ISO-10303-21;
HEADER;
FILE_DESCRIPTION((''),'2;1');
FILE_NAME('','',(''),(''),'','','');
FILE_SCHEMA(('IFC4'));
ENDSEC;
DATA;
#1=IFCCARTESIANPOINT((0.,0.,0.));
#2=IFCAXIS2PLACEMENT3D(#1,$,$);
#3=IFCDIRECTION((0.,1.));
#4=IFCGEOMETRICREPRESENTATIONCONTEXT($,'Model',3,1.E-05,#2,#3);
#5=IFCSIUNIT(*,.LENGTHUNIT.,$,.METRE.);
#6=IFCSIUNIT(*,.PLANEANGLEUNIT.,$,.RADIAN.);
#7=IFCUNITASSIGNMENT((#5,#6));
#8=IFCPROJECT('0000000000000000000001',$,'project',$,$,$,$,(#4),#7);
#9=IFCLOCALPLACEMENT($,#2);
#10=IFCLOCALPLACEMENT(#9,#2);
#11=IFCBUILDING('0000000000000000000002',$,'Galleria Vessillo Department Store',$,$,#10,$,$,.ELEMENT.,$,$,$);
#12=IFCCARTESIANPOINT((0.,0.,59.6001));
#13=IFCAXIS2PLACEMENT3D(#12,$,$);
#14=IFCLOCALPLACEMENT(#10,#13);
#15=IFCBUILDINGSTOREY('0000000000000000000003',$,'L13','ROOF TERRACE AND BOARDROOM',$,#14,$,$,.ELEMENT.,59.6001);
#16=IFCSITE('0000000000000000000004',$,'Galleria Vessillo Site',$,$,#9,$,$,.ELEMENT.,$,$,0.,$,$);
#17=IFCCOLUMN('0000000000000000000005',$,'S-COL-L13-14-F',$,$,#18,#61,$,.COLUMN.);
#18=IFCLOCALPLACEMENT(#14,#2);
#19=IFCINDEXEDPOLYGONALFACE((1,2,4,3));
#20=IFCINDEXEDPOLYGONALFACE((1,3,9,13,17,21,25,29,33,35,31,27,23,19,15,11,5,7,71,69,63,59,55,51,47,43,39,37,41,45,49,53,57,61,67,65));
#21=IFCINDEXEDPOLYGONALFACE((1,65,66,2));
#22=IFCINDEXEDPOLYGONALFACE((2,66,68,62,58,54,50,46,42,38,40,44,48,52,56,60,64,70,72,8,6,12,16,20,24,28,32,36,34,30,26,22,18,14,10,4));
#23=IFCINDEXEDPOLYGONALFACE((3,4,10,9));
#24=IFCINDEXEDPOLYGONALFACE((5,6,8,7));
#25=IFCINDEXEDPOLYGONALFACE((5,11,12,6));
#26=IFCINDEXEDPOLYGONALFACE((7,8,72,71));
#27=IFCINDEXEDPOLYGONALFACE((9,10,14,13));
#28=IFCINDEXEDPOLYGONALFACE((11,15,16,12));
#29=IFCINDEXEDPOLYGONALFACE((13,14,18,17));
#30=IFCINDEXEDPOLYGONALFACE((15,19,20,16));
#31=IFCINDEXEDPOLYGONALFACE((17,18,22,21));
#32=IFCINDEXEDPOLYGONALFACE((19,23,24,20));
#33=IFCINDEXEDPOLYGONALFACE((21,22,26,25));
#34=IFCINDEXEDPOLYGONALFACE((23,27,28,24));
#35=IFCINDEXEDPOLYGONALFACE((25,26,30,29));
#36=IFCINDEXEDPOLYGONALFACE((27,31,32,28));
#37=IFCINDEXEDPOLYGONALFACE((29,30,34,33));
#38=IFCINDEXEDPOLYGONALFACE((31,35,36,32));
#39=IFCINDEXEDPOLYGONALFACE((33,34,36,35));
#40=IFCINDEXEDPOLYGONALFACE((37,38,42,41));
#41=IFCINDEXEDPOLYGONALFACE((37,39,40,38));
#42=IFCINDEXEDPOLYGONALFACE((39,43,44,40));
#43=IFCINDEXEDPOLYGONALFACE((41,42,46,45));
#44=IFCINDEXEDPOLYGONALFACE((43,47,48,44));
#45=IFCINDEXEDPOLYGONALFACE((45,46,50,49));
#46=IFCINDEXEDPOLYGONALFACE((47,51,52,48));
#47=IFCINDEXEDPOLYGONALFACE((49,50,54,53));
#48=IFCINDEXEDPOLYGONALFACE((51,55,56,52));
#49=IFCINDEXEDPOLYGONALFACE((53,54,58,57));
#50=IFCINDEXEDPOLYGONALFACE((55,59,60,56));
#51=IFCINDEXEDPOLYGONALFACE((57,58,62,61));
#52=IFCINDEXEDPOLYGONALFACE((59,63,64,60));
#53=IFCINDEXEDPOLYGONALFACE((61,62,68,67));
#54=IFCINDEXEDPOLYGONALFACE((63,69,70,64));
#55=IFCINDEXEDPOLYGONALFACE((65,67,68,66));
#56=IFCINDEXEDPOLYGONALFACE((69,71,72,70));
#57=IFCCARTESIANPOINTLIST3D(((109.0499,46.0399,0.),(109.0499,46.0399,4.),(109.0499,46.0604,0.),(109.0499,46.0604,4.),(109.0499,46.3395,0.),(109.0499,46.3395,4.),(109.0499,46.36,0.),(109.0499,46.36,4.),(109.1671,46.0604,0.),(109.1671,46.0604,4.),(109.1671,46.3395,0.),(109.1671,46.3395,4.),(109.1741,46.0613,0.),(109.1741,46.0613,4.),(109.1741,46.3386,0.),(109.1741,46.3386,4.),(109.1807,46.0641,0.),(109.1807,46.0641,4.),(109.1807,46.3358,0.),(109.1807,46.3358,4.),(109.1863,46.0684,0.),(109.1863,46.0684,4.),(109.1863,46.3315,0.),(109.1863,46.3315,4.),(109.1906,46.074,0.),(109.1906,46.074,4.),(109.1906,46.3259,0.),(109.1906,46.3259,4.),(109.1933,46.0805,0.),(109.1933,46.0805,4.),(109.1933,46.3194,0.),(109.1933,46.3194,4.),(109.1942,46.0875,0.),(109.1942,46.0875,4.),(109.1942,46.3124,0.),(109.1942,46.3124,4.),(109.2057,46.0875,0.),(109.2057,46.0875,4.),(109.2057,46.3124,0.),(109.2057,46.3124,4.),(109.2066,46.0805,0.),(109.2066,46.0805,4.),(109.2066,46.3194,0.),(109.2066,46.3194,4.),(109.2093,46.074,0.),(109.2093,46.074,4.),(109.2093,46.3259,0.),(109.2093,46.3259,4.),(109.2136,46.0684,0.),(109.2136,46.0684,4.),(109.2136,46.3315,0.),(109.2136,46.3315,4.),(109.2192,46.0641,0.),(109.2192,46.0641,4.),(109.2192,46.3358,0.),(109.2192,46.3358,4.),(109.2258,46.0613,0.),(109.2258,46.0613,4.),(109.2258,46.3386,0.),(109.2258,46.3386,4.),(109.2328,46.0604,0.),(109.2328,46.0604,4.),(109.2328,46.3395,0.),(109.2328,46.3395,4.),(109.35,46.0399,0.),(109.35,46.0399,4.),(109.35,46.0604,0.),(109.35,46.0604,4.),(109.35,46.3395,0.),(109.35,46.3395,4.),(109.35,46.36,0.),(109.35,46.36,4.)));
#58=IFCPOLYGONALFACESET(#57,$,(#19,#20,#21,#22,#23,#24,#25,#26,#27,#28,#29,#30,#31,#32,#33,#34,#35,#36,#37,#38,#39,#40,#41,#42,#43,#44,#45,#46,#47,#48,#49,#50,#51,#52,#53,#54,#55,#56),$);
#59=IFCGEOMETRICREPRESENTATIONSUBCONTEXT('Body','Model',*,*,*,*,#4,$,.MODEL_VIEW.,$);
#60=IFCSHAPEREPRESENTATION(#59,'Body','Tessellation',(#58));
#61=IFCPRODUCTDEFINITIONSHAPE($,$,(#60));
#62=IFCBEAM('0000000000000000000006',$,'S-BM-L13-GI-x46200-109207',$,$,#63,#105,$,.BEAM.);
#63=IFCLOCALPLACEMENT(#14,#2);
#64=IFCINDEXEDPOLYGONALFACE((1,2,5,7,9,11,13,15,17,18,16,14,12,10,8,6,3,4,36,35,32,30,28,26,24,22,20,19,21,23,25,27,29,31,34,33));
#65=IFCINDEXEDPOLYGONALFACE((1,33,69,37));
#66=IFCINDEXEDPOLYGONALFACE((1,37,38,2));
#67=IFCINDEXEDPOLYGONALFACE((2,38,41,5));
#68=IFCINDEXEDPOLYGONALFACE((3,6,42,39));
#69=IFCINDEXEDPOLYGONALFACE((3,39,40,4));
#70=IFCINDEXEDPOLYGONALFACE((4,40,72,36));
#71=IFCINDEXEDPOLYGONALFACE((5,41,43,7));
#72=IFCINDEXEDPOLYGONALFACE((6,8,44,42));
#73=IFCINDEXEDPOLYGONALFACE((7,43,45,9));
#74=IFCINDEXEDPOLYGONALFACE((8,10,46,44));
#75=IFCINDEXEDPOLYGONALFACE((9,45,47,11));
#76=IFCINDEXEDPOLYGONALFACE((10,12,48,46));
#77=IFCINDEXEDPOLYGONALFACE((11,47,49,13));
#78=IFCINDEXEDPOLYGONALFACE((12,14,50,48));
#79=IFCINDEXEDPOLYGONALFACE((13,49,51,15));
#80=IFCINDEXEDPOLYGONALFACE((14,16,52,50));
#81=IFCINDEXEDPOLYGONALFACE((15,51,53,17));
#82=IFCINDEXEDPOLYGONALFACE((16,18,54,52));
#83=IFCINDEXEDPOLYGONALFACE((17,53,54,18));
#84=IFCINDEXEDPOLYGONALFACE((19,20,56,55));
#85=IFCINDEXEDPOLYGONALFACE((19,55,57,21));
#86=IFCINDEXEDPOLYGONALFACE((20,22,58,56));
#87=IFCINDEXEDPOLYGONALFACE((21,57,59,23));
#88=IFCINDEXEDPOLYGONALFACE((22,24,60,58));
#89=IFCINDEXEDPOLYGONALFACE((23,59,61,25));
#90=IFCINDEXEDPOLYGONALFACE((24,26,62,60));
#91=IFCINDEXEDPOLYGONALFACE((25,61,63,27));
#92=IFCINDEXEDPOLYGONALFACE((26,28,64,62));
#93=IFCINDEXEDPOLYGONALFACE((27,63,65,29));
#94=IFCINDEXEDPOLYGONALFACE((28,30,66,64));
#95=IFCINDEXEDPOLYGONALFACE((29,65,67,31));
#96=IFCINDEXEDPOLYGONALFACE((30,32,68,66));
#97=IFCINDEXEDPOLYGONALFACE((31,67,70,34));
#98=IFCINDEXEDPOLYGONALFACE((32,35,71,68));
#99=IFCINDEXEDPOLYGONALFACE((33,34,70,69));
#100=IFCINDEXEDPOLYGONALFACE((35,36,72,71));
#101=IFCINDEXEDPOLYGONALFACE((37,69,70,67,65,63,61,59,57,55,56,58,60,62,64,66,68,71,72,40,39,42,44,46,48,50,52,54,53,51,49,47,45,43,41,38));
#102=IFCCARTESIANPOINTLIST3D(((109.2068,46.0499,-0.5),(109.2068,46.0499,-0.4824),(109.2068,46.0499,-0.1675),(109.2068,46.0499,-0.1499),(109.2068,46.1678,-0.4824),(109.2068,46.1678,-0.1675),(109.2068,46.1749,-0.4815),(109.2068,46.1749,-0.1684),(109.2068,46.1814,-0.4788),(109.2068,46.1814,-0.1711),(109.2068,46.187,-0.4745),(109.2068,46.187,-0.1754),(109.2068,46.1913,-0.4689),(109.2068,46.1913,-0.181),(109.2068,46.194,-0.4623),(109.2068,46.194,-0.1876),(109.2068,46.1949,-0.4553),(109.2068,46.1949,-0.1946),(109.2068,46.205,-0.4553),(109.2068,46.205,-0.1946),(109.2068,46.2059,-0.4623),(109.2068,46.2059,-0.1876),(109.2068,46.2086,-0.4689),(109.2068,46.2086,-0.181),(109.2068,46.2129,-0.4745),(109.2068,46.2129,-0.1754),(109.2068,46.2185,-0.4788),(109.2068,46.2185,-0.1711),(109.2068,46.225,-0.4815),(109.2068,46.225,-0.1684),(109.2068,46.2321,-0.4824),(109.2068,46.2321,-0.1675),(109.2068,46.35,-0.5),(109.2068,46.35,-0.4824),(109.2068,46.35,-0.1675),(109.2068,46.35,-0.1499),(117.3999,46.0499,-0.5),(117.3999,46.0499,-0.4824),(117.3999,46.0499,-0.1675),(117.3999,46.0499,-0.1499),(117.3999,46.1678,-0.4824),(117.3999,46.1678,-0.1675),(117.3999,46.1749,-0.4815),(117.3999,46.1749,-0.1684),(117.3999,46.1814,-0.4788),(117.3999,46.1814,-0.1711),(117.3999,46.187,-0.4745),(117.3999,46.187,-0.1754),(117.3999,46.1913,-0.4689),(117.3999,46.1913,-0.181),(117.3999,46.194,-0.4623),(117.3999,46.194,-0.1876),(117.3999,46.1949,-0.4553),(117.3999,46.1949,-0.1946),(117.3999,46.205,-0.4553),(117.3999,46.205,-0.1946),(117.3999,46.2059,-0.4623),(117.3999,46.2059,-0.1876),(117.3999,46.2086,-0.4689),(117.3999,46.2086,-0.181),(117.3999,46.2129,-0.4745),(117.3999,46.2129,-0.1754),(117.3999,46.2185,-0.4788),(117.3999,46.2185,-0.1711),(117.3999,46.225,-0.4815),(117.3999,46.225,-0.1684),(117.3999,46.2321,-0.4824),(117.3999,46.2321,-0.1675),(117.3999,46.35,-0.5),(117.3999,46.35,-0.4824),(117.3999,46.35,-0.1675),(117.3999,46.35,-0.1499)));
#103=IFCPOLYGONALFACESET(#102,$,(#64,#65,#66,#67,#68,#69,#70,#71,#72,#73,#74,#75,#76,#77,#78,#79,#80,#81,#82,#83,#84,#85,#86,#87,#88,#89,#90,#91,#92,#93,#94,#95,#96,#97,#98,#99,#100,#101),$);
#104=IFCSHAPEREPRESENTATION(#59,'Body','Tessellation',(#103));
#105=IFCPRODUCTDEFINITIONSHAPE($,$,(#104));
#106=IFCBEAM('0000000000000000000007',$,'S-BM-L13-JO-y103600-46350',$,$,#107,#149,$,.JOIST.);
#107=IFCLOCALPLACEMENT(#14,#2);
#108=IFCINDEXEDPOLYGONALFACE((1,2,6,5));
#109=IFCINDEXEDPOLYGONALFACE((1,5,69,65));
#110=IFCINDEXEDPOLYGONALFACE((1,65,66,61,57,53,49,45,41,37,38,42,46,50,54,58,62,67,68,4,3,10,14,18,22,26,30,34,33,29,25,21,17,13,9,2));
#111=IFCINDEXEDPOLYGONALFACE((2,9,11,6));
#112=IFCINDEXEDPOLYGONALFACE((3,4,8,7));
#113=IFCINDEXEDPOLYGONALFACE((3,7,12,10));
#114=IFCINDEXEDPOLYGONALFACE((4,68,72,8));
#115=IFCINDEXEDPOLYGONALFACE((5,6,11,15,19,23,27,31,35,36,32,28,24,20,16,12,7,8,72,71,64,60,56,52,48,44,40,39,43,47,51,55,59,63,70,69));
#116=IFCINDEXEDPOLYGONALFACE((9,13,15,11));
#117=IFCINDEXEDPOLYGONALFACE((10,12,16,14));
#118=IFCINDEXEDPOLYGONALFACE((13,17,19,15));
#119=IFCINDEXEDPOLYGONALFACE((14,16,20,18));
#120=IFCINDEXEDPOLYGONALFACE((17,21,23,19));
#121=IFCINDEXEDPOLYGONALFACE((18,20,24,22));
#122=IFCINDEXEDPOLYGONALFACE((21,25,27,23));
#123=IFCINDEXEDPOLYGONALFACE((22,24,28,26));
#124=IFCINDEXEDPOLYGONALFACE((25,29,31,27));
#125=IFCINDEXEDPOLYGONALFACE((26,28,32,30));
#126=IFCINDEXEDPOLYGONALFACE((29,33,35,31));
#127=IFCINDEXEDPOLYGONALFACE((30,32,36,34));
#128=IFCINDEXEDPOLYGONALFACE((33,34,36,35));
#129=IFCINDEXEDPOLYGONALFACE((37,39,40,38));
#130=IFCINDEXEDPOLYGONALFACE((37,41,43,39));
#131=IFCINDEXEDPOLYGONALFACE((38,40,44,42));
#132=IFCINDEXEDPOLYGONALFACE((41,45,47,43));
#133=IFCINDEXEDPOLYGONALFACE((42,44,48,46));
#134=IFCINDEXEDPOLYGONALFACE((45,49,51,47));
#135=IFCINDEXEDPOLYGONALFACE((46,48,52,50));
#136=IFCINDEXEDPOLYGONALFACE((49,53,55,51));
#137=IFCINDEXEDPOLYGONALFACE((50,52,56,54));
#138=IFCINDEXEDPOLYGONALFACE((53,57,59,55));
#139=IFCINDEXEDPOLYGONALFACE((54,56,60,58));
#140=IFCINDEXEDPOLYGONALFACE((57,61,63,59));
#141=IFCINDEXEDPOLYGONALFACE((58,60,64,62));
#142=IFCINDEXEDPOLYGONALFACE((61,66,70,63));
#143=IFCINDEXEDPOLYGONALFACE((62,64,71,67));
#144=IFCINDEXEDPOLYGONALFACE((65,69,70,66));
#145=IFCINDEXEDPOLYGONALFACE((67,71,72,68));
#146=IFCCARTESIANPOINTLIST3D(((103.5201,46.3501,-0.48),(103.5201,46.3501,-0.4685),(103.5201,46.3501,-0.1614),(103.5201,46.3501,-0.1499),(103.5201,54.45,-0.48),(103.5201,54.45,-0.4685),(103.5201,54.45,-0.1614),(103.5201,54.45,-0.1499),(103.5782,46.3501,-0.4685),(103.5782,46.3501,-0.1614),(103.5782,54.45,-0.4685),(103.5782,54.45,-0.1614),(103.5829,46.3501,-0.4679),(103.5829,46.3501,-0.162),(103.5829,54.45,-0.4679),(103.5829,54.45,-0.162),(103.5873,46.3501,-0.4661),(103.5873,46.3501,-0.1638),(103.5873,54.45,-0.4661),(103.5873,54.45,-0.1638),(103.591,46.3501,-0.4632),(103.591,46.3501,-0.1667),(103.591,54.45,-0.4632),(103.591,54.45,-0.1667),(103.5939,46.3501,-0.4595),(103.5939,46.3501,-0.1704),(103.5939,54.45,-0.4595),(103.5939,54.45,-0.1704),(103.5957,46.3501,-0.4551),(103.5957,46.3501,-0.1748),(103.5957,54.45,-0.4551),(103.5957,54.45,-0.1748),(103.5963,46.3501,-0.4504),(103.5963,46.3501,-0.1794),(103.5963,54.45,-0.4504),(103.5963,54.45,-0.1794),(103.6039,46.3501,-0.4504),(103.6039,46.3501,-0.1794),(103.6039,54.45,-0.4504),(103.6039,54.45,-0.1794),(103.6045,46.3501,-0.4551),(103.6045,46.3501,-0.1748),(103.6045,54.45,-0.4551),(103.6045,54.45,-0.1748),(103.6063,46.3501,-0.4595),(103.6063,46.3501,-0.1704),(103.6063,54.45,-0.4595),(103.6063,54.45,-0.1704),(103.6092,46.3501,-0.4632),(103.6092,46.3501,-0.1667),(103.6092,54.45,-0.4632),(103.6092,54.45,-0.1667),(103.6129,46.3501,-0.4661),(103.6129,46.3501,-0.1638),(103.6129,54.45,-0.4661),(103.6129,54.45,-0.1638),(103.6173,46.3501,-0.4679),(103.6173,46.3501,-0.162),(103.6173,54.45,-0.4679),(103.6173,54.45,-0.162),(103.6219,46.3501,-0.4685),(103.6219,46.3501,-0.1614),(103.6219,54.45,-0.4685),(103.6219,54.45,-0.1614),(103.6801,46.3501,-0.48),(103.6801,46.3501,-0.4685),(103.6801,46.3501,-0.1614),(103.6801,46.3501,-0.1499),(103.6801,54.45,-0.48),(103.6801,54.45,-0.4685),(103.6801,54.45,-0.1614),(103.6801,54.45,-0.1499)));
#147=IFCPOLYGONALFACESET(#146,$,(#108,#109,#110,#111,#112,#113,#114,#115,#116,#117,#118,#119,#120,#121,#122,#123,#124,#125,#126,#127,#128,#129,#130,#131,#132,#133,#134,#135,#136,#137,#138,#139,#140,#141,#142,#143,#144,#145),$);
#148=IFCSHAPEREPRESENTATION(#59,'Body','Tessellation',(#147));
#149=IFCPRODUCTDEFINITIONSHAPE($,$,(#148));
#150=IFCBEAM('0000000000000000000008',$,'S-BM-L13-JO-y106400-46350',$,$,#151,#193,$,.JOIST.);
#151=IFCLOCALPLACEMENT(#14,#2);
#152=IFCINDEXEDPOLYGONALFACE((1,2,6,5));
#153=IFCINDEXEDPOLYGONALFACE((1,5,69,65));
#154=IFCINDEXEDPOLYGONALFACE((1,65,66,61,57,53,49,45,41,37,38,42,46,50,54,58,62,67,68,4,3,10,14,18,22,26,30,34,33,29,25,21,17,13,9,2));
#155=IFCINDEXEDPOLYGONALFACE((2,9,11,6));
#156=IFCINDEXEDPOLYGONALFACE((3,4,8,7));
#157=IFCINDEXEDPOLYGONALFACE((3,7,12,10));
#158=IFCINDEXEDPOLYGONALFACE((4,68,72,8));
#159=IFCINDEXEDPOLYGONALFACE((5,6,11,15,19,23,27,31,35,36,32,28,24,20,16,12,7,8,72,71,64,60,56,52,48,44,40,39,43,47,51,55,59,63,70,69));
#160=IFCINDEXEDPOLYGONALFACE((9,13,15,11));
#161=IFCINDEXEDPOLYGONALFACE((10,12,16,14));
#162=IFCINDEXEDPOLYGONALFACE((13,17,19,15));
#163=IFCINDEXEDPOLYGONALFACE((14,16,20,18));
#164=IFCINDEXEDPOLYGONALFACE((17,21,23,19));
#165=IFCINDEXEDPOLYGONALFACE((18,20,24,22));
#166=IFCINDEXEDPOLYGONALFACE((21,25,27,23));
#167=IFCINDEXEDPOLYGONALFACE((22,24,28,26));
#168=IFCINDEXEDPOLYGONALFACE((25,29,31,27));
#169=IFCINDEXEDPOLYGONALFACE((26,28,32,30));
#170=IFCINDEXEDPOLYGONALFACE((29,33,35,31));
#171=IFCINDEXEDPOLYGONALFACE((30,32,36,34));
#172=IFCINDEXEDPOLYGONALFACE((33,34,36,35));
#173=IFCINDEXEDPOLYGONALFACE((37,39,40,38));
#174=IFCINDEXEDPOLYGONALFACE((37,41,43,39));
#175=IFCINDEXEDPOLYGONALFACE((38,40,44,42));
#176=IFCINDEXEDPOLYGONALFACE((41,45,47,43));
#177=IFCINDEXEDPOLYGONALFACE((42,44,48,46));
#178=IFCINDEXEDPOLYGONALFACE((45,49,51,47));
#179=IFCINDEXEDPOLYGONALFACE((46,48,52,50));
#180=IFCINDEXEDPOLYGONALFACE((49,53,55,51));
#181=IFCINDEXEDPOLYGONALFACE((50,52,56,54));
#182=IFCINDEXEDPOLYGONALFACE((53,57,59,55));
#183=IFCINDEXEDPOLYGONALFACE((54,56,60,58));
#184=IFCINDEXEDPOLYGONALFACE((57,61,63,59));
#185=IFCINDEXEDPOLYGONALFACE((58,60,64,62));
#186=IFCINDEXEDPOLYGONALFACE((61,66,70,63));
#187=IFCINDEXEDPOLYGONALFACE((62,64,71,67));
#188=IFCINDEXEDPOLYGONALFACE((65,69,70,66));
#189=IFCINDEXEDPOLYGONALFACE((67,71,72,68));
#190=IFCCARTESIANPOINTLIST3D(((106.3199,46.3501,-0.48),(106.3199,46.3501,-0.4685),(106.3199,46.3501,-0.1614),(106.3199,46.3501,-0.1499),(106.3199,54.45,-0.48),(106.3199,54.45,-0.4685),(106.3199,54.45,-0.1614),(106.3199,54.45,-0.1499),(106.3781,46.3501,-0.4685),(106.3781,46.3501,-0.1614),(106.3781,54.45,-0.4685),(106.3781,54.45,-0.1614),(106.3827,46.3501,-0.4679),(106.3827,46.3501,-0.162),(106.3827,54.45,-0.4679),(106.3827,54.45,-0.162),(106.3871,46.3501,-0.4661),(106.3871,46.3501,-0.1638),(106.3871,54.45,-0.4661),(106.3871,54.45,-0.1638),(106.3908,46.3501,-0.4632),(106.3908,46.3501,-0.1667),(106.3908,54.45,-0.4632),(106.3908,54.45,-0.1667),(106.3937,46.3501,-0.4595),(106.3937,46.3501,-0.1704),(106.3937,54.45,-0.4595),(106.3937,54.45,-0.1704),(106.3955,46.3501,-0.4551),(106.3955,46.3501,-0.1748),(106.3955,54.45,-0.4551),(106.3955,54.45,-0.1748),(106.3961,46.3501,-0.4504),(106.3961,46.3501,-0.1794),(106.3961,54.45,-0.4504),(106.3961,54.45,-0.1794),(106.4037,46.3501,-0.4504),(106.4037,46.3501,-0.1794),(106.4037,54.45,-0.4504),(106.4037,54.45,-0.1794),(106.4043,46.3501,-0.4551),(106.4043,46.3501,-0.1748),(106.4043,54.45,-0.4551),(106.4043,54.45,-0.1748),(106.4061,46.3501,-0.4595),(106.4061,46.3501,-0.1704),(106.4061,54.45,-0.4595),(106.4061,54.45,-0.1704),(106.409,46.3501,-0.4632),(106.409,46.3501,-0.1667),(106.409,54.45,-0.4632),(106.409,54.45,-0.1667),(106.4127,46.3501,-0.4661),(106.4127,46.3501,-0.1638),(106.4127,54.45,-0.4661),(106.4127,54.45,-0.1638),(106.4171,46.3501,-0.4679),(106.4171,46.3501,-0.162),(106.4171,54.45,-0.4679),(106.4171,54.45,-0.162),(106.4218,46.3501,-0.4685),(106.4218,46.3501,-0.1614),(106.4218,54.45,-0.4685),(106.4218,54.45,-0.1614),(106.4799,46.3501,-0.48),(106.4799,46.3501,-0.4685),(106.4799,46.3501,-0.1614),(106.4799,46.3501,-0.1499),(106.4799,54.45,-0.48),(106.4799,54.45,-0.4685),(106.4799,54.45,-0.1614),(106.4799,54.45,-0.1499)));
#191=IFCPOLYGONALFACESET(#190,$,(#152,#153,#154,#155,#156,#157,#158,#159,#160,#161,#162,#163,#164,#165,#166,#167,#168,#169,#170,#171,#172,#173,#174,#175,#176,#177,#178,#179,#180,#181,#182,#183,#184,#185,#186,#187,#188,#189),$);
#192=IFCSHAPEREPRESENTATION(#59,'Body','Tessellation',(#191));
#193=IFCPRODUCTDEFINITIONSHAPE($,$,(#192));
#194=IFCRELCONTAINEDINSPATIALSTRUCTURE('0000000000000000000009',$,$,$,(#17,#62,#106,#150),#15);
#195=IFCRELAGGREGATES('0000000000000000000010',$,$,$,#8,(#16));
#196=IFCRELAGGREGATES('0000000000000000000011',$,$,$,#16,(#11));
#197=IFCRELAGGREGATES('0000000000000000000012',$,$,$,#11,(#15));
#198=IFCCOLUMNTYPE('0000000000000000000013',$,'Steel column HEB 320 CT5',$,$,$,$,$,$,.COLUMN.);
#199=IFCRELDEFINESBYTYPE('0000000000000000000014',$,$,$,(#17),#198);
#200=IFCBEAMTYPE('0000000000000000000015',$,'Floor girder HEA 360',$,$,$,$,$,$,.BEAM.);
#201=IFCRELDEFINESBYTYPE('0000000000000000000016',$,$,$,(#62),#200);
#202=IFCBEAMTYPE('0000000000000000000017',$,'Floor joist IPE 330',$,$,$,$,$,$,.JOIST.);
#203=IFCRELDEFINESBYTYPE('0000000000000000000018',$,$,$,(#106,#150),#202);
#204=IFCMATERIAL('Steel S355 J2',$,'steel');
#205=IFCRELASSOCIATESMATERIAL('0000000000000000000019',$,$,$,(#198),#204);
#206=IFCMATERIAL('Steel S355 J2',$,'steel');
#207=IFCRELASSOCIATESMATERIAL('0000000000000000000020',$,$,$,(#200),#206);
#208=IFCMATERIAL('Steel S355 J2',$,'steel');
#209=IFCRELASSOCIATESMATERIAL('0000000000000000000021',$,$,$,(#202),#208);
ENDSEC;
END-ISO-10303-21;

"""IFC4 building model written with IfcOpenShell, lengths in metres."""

from ifc_helpers import new_model, si_unit, direction, frame, origin, origin_2d, place, context, subcontext, project, spatial, i_section, extrude, material, material_profile, profile_set, type_object, element, save


model = new_model("IFC4")

# Units and contexts
model_context = context("Model", 3, precision=1e-05, world=origin(), true_north=direction((0.0, 1.0)))
body_context = subcontext(model_context, "Body", "Model", "MODEL_VIEW")
ifc_project = project(units=[si_unit("LENGTHUNIT", "METRE"), si_unit("PLANEANGLEUNIT", "RADIAN")], contexts=[model_context])

# Site, building, storey
site_placement = place(None, origin())
site = spatial("IfcSite", under=ifc_project, at=site_placement, Name="Galleria Vessillo Site", CompositionType="ELEMENT", RefElevation=0.0)
building_placement = place(site_placement, origin())
building = spatial("IfcBuilding", under=site, at=building_placement, Name="Galleria Vessillo Department Store", CompositionType="ELEMENT")
storey_placement = place(building_placement, frame((0.0, 0.0, 59.6001)))
storey = spatial("IfcBuildingStorey", under=building, at=storey_placement, Name="L13", Description="ROOF TERRACE AND BOARDROOM", CompositionType="ELEMENT", Elevation=59.6001)

# Column
ifc_material_1 = material(Name="Steel S355 J2", Category="steel")
ifc_material_profile_1 = material_profile(ifc_material_1, i_section(OverallWidth=0.3, OverallDepth=0.3201, WebThickness=0.0115, FlangeThickness=0.0205, FilletRadius=0.0271, at=origin_2d()), Name="HEB 320")
ifc_profile_set_1 = profile_set([ifc_material_profile_1], Name="Steel S355 J2")
column_type = type_object("IfcColumnType", Name="Steel column HEB 320 CT5", PredefinedType="COLUMN", material=ifc_profile_set_1)
column_placement = place(storey_placement, frame((109.2, 46.2, 0.0), z_axis=(0.0, 0.0, 1.0), x_axis=(1.0, 0.0, 0.0)))
element("IfcColumn", 1, at=column_placement, inside=storey, type_object=column_type, Name="S-COL-L13-14-F", PredefinedType="COLUMN", context=body_context, shape_type="SweptSolid", body=[
    extrude(i_section(OverallWidth=0.3, OverallDepth=0.3201, WebThickness=0.0115, FlangeThickness=0.0205, FilletRadius=0.0271, at=origin_2d()), origin(), (0.0, 0.0, 1.0), 4.0),
])

# Beams
ifc_material_2 = material(Name="Steel S355 J2", Category="steel")
ifc_material_profile_2 = material_profile(ifc_material_2, i_section(OverallWidth=0.3, OverallDepth=0.3501, WebThickness=0.01, FlangeThickness=0.0176, FilletRadius=0.0271, at=origin_2d()), Name="HEA 360")
ifc_profile_set_2 = profile_set([ifc_material_profile_2], Name="Steel S355 J2")
beam_type_1 = type_object("IfcBeamType", Name="Floor girder HEA 360", PredefinedType="BEAM", material=ifc_profile_set_2)
beam_placement = place(storey_placement, frame((109.2068, 46.2, -0.325), z_axis=(1.0, 0.0, 0.0), x_axis=(0.0, 1.0, 0.0)))
element("IfcBeam", 2, at=beam_placement, inside=storey, type_object=beam_type_1, Name="S-BM-L13-GI-x46200-109207", PredefinedType="BEAM", context=body_context, shape_type="SweptSolid", body=[
    extrude(i_section(OverallWidth=0.3, OverallDepth=0.3501, WebThickness=0.01, FlangeThickness=0.0176, FilletRadius=0.0271, at=origin_2d()), origin(), (0.0, 0.0, 1.0), 8.1931),
])
ifc_material_3 = material(Name="Steel S355 J2", Category="steel")
ifc_material_profile_3 = material_profile(ifc_material_3, i_section(OverallWidth=0.1599, OverallDepth=0.3301, WebThickness=0.0076, FlangeThickness=0.0115, FilletRadius=0.0181, at=origin_2d()), Name="IPE 330")
ifc_profile_set_3 = profile_set([ifc_material_profile_3], Name="Steel S355 J2")
beam_type_2 = type_object("IfcBeamType", Name="Floor joist IPE 330", PredefinedType="JOIST", material=ifc_profile_set_3)
for number, where, z_axis, x_axis, name in (
    (3, (103.6001, 46.3501, -0.3149), (0.0, 1.0, 0.0), (-1.0, 0.0, 0.0), "S-BM-L13-JO-y103600-46350"),
    (4, (106.3999, 46.3501, -0.3149), (0.0, 1.0, 0.0), (-1.0, 0.0, 0.0), "S-BM-L13-JO-y106400-46350"),
):
    element("IfcBeam", number, at=place(storey_placement, frame(where, z_axis=z_axis, x_axis=x_axis)), inside=storey, type_object=beam_type_2, Name=name, PredefinedType="JOIST", context=body_context, shape_type="SweptSolid", body=[
        extrude(i_section(OverallWidth=0.1599, OverallDepth=0.3301, WebThickness=0.0076, FlangeThickness=0.0115, FilletRadius=0.0181, at=origin_2d()), origin(), (0.0, 0.0, 1.0), 8.0999),
    ])

save(model, "model.ifc")
